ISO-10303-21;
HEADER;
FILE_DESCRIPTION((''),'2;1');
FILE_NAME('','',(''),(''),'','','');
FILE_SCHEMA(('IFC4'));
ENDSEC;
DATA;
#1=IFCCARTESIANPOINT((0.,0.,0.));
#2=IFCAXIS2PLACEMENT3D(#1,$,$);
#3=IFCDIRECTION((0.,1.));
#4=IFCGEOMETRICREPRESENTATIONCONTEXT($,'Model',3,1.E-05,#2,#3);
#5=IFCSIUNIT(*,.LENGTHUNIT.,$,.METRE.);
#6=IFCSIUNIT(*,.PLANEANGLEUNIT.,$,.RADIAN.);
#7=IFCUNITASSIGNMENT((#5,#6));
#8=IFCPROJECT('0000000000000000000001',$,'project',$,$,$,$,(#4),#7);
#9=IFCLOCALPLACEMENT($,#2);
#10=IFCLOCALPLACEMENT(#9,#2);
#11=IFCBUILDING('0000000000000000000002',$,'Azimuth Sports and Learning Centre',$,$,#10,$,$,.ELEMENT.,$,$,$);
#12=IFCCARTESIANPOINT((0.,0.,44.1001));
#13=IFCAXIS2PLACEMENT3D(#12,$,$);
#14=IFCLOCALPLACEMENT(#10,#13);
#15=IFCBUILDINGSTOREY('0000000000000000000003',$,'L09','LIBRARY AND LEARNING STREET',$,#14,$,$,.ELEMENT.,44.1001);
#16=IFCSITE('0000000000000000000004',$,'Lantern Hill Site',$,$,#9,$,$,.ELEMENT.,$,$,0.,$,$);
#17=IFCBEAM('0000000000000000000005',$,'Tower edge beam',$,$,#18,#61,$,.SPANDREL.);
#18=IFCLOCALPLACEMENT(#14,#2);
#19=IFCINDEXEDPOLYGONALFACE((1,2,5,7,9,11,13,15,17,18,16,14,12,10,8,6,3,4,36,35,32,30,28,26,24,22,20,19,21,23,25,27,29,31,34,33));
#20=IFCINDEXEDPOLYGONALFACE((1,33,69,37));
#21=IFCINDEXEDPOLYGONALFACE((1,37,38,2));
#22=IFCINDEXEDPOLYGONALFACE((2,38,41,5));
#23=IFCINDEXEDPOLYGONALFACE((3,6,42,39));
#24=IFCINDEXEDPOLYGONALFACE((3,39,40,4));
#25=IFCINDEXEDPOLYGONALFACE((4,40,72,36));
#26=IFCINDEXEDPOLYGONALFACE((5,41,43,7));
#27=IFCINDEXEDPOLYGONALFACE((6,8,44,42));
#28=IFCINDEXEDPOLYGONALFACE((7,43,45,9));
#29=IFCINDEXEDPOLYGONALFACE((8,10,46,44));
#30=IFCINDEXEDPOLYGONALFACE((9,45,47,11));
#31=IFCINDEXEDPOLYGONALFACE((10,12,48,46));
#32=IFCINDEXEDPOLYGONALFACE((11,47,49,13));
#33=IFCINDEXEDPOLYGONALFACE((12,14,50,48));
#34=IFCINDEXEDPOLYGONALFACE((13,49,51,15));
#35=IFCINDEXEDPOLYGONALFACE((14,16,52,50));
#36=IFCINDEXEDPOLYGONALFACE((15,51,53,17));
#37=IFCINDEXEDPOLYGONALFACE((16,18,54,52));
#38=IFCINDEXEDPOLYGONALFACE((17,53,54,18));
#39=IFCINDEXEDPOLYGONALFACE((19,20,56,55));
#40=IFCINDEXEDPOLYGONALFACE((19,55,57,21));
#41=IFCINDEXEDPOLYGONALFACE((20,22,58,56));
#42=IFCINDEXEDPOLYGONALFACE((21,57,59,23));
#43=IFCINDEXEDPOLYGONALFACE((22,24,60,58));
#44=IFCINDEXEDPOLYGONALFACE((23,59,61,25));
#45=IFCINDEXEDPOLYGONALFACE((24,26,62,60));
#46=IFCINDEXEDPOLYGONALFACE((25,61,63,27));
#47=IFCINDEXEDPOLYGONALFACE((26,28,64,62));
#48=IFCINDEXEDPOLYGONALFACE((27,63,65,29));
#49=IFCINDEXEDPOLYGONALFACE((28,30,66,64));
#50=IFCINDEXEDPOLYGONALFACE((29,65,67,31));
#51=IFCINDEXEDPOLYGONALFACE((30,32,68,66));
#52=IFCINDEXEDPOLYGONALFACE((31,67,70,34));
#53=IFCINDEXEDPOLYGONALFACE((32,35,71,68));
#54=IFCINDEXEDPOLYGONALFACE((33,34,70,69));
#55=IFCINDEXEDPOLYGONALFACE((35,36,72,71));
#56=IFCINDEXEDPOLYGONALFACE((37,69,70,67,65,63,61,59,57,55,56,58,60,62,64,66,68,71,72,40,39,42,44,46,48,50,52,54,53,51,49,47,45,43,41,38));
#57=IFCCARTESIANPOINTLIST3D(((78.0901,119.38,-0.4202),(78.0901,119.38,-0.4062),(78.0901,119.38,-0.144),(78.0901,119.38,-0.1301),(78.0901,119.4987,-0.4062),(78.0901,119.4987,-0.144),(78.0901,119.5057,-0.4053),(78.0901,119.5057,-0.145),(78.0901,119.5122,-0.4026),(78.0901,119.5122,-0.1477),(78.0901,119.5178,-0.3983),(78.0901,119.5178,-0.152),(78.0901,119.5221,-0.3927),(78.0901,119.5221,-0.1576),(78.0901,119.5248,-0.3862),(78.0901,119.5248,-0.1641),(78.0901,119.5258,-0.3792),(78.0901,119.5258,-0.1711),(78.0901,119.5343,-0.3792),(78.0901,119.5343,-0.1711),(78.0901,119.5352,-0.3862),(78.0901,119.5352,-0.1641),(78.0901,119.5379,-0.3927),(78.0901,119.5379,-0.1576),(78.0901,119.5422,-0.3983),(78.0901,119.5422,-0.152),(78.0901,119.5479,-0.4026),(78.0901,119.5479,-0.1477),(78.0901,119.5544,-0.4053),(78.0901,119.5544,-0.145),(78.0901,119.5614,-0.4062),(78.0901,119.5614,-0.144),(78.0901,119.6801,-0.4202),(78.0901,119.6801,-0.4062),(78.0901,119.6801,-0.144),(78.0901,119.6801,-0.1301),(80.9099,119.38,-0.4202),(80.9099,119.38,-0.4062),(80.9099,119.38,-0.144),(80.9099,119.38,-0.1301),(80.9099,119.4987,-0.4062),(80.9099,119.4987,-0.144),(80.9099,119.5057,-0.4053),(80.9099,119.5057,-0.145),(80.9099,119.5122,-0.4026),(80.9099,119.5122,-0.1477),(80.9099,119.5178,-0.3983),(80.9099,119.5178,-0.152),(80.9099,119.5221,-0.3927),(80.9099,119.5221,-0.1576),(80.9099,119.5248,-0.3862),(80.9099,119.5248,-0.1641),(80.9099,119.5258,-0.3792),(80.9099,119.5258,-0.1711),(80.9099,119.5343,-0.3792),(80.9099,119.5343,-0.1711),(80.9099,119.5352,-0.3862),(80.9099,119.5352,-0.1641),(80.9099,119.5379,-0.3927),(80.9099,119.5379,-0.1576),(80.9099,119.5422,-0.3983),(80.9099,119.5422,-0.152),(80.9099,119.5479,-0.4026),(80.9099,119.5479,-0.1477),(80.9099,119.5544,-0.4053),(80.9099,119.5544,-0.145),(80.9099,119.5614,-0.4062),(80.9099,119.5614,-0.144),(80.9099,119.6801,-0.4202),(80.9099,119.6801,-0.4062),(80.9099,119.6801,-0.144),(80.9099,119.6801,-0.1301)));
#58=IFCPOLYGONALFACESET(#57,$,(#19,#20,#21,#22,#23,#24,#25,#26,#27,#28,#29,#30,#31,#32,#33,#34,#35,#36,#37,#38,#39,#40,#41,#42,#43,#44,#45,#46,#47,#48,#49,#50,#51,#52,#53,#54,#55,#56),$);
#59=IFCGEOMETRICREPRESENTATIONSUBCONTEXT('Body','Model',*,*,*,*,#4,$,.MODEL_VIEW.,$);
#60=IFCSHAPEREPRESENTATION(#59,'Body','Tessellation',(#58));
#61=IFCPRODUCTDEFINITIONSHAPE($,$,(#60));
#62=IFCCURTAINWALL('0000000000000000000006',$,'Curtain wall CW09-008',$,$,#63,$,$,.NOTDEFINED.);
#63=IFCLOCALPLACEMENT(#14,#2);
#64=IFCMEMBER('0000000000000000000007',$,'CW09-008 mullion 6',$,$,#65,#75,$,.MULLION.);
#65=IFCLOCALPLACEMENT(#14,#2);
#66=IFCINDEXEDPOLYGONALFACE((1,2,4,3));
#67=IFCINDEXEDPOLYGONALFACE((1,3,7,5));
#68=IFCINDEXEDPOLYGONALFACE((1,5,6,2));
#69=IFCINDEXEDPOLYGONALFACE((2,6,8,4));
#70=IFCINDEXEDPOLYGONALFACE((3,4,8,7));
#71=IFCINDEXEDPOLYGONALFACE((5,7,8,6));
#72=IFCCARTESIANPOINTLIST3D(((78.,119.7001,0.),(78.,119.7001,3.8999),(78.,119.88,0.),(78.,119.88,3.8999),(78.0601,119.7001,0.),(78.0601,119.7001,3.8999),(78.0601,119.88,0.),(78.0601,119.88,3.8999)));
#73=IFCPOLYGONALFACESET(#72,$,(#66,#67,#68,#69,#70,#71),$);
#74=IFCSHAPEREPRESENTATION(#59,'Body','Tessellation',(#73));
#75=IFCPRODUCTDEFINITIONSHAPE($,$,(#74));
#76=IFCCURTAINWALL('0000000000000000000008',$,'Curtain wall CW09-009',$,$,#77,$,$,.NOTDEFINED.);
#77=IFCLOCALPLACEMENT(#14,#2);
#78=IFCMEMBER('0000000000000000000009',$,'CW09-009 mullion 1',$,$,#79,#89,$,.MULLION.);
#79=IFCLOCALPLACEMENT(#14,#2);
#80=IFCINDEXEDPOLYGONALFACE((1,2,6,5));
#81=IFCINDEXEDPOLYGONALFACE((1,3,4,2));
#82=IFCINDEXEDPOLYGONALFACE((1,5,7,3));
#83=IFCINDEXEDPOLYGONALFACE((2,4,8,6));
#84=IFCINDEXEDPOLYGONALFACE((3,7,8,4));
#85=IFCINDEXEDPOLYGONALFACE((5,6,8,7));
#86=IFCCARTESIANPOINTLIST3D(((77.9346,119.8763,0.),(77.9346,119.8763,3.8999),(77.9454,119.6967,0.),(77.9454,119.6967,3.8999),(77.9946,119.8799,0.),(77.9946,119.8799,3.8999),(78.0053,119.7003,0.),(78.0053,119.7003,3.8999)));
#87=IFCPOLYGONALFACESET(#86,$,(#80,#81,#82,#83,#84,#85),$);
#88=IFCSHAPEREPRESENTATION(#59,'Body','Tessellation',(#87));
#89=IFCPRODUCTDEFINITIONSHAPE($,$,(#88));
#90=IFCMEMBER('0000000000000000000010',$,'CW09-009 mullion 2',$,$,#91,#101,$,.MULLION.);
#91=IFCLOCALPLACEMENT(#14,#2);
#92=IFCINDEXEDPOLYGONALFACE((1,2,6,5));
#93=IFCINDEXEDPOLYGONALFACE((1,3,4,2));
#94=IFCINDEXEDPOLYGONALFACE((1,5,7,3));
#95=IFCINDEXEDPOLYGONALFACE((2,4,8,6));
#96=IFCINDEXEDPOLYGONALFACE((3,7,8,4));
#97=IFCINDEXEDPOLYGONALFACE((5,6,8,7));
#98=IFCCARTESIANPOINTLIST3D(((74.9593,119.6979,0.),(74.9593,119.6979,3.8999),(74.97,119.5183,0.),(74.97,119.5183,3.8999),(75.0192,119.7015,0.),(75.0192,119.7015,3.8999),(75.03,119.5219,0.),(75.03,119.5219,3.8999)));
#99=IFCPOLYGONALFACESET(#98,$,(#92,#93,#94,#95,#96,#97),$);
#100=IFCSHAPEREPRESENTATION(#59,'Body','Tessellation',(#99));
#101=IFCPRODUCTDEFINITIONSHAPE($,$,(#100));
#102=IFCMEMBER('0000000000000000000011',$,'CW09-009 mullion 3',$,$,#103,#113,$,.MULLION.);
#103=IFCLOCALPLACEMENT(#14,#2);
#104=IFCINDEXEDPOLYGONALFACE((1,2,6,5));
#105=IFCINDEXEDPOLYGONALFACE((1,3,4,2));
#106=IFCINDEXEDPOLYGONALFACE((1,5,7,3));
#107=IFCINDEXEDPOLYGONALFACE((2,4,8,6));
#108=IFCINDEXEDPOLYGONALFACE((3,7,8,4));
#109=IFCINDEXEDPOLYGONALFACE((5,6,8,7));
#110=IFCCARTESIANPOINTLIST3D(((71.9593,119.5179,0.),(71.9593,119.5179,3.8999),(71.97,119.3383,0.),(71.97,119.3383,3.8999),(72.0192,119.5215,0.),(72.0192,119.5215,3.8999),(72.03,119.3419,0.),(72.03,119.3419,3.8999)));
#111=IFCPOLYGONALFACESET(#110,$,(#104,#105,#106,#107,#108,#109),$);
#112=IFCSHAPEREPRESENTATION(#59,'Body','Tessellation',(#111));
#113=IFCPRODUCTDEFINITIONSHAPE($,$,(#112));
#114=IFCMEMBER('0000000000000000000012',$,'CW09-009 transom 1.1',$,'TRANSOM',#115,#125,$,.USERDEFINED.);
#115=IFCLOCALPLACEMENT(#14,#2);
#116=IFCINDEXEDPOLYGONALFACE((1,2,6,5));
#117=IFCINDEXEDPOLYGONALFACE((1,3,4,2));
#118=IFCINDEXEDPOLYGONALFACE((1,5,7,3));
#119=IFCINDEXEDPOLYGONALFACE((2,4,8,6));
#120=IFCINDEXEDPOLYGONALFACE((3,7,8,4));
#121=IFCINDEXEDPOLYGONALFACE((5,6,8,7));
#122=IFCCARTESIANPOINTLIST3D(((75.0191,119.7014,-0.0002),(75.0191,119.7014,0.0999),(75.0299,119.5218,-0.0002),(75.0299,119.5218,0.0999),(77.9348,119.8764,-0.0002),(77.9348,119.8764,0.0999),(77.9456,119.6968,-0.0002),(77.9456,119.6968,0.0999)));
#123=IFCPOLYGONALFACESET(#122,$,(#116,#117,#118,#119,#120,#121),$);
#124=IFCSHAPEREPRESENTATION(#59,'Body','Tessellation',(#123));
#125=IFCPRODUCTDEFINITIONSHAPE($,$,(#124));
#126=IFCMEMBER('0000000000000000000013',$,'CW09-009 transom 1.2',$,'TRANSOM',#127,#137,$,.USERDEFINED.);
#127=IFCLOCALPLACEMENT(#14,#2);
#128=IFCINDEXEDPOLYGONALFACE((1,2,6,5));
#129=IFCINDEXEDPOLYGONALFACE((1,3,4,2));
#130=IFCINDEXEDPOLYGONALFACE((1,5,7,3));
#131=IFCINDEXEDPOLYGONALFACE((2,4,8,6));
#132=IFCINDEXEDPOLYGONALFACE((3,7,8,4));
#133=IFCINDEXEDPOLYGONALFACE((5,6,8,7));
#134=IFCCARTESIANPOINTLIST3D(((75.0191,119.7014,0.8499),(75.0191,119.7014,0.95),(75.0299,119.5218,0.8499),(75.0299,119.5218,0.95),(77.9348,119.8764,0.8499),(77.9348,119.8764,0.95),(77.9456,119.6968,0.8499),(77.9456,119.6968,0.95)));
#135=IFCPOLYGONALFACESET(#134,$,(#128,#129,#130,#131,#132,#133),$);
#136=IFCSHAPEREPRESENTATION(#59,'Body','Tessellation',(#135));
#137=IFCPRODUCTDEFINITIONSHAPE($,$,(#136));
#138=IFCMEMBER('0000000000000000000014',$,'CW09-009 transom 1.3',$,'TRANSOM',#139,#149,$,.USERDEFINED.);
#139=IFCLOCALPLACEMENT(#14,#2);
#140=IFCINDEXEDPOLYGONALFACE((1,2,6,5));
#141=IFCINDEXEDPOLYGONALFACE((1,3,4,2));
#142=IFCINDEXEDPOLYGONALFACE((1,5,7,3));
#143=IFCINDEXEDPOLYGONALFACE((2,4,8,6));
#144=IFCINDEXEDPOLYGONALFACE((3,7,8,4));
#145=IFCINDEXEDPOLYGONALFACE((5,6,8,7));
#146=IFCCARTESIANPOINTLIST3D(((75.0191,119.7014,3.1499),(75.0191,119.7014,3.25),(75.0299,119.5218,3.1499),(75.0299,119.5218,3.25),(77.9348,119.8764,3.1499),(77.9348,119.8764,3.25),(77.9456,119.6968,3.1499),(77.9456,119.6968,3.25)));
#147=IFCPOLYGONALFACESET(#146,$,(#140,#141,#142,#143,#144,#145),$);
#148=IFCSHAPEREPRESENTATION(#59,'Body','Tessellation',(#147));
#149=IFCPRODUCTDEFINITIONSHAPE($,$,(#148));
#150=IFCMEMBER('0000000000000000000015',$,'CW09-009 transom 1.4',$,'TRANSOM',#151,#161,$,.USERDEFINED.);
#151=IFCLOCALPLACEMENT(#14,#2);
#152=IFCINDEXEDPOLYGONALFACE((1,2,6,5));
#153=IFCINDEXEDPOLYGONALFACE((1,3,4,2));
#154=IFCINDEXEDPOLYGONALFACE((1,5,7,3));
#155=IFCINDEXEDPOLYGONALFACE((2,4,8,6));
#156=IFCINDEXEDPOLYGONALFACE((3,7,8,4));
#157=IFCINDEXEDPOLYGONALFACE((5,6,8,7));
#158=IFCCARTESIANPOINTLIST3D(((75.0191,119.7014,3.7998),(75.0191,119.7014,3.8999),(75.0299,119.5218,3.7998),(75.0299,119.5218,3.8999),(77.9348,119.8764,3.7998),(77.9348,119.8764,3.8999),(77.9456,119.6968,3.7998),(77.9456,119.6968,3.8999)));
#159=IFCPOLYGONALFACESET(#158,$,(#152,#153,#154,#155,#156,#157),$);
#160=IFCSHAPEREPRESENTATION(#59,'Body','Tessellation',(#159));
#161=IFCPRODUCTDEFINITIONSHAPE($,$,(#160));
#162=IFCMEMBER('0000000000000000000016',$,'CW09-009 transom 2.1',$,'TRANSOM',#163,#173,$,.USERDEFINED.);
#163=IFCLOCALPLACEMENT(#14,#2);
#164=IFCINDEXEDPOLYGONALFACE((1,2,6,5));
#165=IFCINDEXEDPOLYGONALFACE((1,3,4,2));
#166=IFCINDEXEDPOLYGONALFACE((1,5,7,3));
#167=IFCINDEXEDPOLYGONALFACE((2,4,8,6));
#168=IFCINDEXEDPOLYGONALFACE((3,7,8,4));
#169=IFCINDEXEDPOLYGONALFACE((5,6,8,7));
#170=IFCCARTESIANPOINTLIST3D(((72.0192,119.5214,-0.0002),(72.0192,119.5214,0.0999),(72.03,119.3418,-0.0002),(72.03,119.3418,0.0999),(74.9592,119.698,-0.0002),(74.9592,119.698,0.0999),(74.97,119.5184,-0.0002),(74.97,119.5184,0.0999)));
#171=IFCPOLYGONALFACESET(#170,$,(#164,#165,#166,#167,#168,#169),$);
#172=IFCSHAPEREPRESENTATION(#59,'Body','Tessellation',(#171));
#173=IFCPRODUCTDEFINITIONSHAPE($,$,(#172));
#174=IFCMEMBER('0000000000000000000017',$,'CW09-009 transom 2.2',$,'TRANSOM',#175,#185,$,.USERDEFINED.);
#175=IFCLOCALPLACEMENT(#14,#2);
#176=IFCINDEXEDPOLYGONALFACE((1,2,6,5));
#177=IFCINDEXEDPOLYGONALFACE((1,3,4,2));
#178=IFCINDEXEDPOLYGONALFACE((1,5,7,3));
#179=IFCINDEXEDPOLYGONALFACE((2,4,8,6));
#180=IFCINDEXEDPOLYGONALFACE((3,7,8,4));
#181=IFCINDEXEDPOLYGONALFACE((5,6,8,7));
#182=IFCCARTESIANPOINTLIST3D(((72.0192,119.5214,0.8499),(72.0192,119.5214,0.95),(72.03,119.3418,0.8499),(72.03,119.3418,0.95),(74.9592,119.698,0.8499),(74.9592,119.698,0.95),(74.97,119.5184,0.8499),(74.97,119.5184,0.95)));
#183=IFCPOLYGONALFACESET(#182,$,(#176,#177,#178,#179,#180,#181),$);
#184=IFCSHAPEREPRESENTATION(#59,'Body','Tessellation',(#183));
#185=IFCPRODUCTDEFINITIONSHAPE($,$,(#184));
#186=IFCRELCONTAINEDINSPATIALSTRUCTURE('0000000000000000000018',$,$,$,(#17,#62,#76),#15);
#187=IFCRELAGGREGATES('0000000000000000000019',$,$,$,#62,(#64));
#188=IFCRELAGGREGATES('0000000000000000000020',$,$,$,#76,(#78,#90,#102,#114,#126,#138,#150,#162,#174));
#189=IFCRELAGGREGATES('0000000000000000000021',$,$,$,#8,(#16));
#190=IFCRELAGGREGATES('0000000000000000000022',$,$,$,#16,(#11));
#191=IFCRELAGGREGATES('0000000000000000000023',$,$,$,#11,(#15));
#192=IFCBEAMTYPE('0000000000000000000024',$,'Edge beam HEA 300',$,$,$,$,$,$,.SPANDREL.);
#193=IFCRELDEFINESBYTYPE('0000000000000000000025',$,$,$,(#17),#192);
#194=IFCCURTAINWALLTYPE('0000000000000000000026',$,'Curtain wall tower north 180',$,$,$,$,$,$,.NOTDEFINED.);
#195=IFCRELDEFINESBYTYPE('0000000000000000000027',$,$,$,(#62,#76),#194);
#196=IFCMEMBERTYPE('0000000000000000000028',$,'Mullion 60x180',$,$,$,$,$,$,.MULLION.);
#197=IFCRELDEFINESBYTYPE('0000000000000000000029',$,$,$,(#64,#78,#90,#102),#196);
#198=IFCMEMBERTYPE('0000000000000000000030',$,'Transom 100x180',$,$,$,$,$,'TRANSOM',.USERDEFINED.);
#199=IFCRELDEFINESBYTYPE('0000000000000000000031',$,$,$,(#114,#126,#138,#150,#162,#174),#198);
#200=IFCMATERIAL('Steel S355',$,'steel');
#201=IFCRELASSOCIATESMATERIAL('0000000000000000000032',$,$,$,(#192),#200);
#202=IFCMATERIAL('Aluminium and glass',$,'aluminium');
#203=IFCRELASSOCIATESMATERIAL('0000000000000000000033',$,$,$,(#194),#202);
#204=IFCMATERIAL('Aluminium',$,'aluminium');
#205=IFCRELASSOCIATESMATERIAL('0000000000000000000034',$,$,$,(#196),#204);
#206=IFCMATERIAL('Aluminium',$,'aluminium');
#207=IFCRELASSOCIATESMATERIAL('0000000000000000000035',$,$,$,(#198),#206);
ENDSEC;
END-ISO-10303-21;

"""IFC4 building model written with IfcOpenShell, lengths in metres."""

from ifc_helpers import new_model, si_unit, direction, frame, origin, origin_2d, place, context, subcontext, project, spatial, rectangle, i_section, extrude, material, material_profile, profile_set, type_object, element, aggregate, save


model = new_model("IFC4")

# Units and contexts
model_context = context("Model", 3, precision=1e-05, world=origin(), true_north=direction((0.0, 1.0)))
body_context = subcontext(model_context, "Body", "Model", "MODEL_VIEW")
ifc_project = project(units=[si_unit("LENGTHUNIT", "METRE"), si_unit("PLANEANGLEUNIT", "RADIAN")], contexts=[model_context])

# Site, building, storey
site_placement = place(None, origin())
site = spatial("IfcSite", under=ifc_project, at=site_placement, Name="Lantern Hill Site", CompositionType="ELEMENT", RefElevation=0.0)
building_placement = place(site_placement, origin())
building = spatial("IfcBuilding", under=site, at=building_placement, Name="Azimuth Sports and Learning Centre", CompositionType="ELEMENT")
storey_placement = place(building_placement, frame((0.0, 0.0, 44.1001)))
storey = spatial("IfcBuildingStorey", under=building, at=storey_placement, Name="L09", Description="LIBRARY AND LEARNING STREET", CompositionType="ELEMENT", Elevation=44.1001)

# Beam
ifc_material_1 = material(Name="Steel S355", Category="steel")
ifc_material_profile_1 = material_profile(ifc_material_1, i_section(OverallWidth=0.3, OverallDepth=0.29, WebThickness=0.0085, FlangeThickness=0.0139, FilletRadius=0.0271, at=origin_2d()), Name="HEA 300")
ifc_profile_set_1 = profile_set([ifc_material_profile_1], Name="Steel S355")
beam_type = type_object("IfcBeamType", Name="Edge beam HEA 300", PredefinedType="SPANDREL", material=ifc_profile_set_1)
beam_placement = place(storey_placement, frame((78.0901, 119.53, -0.2751), z_axis=(1.0, 0.0, 0.0), x_axis=(0.0, 1.0, 0.0)))
element("IfcBeam", 1, at=beam_placement, inside=storey, type_object=beam_type, Name="Tower edge beam", PredefinedType="SPANDREL", context=body_context, shape_type="SweptSolid", body=[
    extrude(i_section(OverallWidth=0.3, OverallDepth=0.29, WebThickness=0.0085, FlangeThickness=0.0139, FilletRadius=0.0271, at=origin_2d()), origin(), (0.0, 0.0, 1.0), 2.8198),
])

# Curtain wall, member
ifc_material_2 = material(Name="Aluminium and glass", Category="aluminium")
curtain_wall_type = type_object("IfcCurtainWallType", Name="Curtain wall tower north 180", PredefinedType="NOTDEFINED", material=ifc_material_2)
curtain_wall_1_placement = place(storey_placement, origin())
curtain_wall_1 = element("IfcCurtainWall", 2, at=curtain_wall_1_placement, inside=storey, type_object=curtain_wall_type, Name="Curtain wall CW09-008", PredefinedType="NOTDEFINED")
ifc_material_3 = material(Name="Aluminium", Category="aluminium")
ifc_material_profile_2 = material_profile(ifc_material_3, rectangle(XDim=0.1799, YDim=0.0601, at=origin_2d()), Name="Mullion 60x180")
ifc_profile_set_2 = profile_set([ifc_material_profile_2], Name="Aluminium")
member_type_1 = type_object("IfcMemberType", Name="Mullion 60x180", PredefinedType="MULLION", material=ifc_profile_set_2)
member_1_placement = place(storey_placement, frame((78.03, 119.79, 0.0), z_axis=(0.0, 0.0, 1.0), x_axis=(0.0, -1.0, 0.0)))
member_1 = element("IfcMember", 3, at=member_1_placement, type_object=member_type_1, Name="CW09-008 mullion 6", PredefinedType="MULLION", context=body_context, shape_type="SweptSolid", body=[
    extrude(rectangle(XDim=0.1799, YDim=0.0601, at=origin_2d()), origin(), (0.0, 0.0, 1.0), 3.8999),
])
aggregate(curtain_wall_1, [member_1])

# Curtain wall, members
curtain_wall_2_placement = place(storey_placement, origin())
curtain_wall_2 = element("IfcCurtainWall", 4, at=curtain_wall_2_placement, inside=storey, type_object=curtain_wall_type, Name="Curtain wall CW09-009", PredefinedType="NOTDEFINED")
member_2_placement = place(storey_placement, frame((77.97, 119.7883, 0.0), z_axis=(0.0, 0.0, 1.0), x_axis=(0.059892, -0.998205, 0.0)))
member_2 = element("IfcMember", 5, at=member_2_placement, type_object=member_type_1, Name="CW09-009 mullion 1", PredefinedType="MULLION", context=body_context, shape_type="SweptSolid", body=[
    extrude(rectangle(XDim=0.1799, YDim=0.0601, at=origin_2d()), origin(), (0.0, 0.0, 1.0), 3.8999),
])
member_3_placement = place(storey_placement, frame((74.9946, 119.6099, 0.0), z_axis=(0.0, 0.0, 1.0), x_axis=(0.059892, -0.998205, 0.0)))
member_3 = element("IfcMember", 6, at=member_3_placement, type_object=member_type_1, Name="CW09-009 mullion 2", PredefinedType="MULLION", context=body_context, shape_type="SweptSolid", body=[
    extrude(rectangle(XDim=0.1799, YDim=0.0601, at=origin_2d()), origin(), (0.0, 0.0, 1.0), 3.8999),
])
member_4_placement = place(storey_placement, frame((71.9946, 119.4299, 0.0), z_axis=(0.0, 0.0, 1.0), x_axis=(0.059892, -0.998205, 0.0)))
member_4 = element("IfcMember", 7, at=member_4_placement, type_object=member_type_1, Name="CW09-009 mullion 3", PredefinedType="MULLION", context=body_context, shape_type="SweptSolid", body=[
    extrude(rectangle(XDim=0.1799, YDim=0.0601, at=origin_2d()), origin(), (0.0, 0.0, 1.0), 3.8999),
])
ifc_material_4 = material(Name="Aluminium", Category="aluminium")
ifc_material_profile_3 = material_profile(ifc_material_4, rectangle(XDim=0.1799, YDim=0.1001, at=origin_2d()), Name="Transom 100x180")
ifc_profile_set_3 = profile_set([ifc_material_profile_3], Name="Aluminium")
member_type_2 = type_object("IfcMemberType", Name="Transom 100x180", ElementType="TRANSOM", PredefinedType="USERDEFINED", material=ifc_profile_set_3)
member_5_placement = place(storey_placement, frame((77.9402, 119.7866, 0.0498), z_axis=(-0.998202, -0.059932, 0.0), x_axis=(0.059932, -0.998202, 0.0)))
member_5 = element("IfcMember", 8, at=member_5_placement, type_object=member_type_2, Name="CW09-009 transom 1.1", ObjectType="TRANSOM", PredefinedType="USERDEFINED", context=body_context, shape_type="SweptSolid", body=[
    extrude(rectangle(XDim=0.1799, YDim=0.1001, at=origin_2d()), origin(), (0.0, 0.0, 1.0), 2.9209),
])
member_6_placement = place(storey_placement, frame((77.9402, 119.7866, 0.8999), z_axis=(-0.998202, -0.059932, 0.0), x_axis=(0.059932, -0.998202, 0.0)))
member_6 = element("IfcMember", 9, at=member_6_placement, type_object=member_type_2, Name="CW09-009 transom 1.2", ObjectType="TRANSOM", PredefinedType="USERDEFINED", context=body_context, shape_type="SweptSolid", body=[
    extrude(rectangle(XDim=0.1799, YDim=0.1001, at=origin_2d()), origin(), (0.0, 0.0, 1.0), 2.9209),
])
member_7_placement = place(storey_placement, frame((77.9402, 119.7866, 3.2), z_axis=(-0.998202, -0.059932, 0.0), x_axis=(0.059932, -0.998202, 0.0)))
member_7 = element("IfcMember", 10, at=member_7_placement, type_object=member_type_2, Name="CW09-009 transom 1.3", ObjectType="TRANSOM", PredefinedType="USERDEFINED", context=body_context, shape_type="SweptSolid", body=[
    extrude(rectangle(XDim=0.1799, YDim=0.1001, at=origin_2d()), origin(), (0.0, 0.0, 1.0), 2.9209),
])
member_8_placement = place(storey_placement, frame((77.9402, 119.7866, 3.8499), z_axis=(-0.998202, -0.059932, 0.0), x_axis=(0.059932, -0.998202, 0.0)))
member_8 = element("IfcMember", 11, at=member_8_placement, type_object=member_type_2, Name="CW09-009 transom 1.4", ObjectType="TRANSOM", PredefinedType="USERDEFINED", context=body_context, shape_type="SweptSolid", body=[
    extrude(rectangle(XDim=0.1799, YDim=0.1001, at=origin_2d()), origin(), (0.0, 0.0, 1.0), 2.9209),
])
member_9_placement = place(storey_placement, frame((74.9646, 119.6082, 0.0498), z_axis=(-0.998202, -0.059932, 0.0), x_axis=(0.059932, -0.998202, 0.0)))
member_9 = element("IfcMember", 12, at=member_9_placement, type_object=member_type_2, Name="CW09-009 transom 2.1", ObjectType="TRANSOM", PredefinedType="USERDEFINED", context=body_context, shape_type="SweptSolid", body=[
    extrude(rectangle(XDim=0.1799, YDim=0.1001, at=origin_2d()), origin(), (0.0, 0.0, 1.0), 2.9453),
])
member_10_placement = place(storey_placement, frame((74.9646, 119.6082, 0.8999), z_axis=(-0.998202, -0.059932, 0.0), x_axis=(0.059932, -0.998202, 0.0)))
member_10 = element("IfcMember", 13, at=member_10_placement, type_object=member_type_2, Name="CW09-009 transom 2.2", ObjectType="TRANSOM", PredefinedType="USERDEFINED", context=body_context, shape_type="SweptSolid", body=[
    extrude(rectangle(XDim=0.1799, YDim=0.1001, at=origin_2d()), origin(), (0.0, 0.0, 1.0), 2.9453),
])
aggregate(curtain_wall_2, [member_2, member_3, member_4, member_5, member_6, member_7, member_8, member_9, member_10])

save(model, "model.ifc")
